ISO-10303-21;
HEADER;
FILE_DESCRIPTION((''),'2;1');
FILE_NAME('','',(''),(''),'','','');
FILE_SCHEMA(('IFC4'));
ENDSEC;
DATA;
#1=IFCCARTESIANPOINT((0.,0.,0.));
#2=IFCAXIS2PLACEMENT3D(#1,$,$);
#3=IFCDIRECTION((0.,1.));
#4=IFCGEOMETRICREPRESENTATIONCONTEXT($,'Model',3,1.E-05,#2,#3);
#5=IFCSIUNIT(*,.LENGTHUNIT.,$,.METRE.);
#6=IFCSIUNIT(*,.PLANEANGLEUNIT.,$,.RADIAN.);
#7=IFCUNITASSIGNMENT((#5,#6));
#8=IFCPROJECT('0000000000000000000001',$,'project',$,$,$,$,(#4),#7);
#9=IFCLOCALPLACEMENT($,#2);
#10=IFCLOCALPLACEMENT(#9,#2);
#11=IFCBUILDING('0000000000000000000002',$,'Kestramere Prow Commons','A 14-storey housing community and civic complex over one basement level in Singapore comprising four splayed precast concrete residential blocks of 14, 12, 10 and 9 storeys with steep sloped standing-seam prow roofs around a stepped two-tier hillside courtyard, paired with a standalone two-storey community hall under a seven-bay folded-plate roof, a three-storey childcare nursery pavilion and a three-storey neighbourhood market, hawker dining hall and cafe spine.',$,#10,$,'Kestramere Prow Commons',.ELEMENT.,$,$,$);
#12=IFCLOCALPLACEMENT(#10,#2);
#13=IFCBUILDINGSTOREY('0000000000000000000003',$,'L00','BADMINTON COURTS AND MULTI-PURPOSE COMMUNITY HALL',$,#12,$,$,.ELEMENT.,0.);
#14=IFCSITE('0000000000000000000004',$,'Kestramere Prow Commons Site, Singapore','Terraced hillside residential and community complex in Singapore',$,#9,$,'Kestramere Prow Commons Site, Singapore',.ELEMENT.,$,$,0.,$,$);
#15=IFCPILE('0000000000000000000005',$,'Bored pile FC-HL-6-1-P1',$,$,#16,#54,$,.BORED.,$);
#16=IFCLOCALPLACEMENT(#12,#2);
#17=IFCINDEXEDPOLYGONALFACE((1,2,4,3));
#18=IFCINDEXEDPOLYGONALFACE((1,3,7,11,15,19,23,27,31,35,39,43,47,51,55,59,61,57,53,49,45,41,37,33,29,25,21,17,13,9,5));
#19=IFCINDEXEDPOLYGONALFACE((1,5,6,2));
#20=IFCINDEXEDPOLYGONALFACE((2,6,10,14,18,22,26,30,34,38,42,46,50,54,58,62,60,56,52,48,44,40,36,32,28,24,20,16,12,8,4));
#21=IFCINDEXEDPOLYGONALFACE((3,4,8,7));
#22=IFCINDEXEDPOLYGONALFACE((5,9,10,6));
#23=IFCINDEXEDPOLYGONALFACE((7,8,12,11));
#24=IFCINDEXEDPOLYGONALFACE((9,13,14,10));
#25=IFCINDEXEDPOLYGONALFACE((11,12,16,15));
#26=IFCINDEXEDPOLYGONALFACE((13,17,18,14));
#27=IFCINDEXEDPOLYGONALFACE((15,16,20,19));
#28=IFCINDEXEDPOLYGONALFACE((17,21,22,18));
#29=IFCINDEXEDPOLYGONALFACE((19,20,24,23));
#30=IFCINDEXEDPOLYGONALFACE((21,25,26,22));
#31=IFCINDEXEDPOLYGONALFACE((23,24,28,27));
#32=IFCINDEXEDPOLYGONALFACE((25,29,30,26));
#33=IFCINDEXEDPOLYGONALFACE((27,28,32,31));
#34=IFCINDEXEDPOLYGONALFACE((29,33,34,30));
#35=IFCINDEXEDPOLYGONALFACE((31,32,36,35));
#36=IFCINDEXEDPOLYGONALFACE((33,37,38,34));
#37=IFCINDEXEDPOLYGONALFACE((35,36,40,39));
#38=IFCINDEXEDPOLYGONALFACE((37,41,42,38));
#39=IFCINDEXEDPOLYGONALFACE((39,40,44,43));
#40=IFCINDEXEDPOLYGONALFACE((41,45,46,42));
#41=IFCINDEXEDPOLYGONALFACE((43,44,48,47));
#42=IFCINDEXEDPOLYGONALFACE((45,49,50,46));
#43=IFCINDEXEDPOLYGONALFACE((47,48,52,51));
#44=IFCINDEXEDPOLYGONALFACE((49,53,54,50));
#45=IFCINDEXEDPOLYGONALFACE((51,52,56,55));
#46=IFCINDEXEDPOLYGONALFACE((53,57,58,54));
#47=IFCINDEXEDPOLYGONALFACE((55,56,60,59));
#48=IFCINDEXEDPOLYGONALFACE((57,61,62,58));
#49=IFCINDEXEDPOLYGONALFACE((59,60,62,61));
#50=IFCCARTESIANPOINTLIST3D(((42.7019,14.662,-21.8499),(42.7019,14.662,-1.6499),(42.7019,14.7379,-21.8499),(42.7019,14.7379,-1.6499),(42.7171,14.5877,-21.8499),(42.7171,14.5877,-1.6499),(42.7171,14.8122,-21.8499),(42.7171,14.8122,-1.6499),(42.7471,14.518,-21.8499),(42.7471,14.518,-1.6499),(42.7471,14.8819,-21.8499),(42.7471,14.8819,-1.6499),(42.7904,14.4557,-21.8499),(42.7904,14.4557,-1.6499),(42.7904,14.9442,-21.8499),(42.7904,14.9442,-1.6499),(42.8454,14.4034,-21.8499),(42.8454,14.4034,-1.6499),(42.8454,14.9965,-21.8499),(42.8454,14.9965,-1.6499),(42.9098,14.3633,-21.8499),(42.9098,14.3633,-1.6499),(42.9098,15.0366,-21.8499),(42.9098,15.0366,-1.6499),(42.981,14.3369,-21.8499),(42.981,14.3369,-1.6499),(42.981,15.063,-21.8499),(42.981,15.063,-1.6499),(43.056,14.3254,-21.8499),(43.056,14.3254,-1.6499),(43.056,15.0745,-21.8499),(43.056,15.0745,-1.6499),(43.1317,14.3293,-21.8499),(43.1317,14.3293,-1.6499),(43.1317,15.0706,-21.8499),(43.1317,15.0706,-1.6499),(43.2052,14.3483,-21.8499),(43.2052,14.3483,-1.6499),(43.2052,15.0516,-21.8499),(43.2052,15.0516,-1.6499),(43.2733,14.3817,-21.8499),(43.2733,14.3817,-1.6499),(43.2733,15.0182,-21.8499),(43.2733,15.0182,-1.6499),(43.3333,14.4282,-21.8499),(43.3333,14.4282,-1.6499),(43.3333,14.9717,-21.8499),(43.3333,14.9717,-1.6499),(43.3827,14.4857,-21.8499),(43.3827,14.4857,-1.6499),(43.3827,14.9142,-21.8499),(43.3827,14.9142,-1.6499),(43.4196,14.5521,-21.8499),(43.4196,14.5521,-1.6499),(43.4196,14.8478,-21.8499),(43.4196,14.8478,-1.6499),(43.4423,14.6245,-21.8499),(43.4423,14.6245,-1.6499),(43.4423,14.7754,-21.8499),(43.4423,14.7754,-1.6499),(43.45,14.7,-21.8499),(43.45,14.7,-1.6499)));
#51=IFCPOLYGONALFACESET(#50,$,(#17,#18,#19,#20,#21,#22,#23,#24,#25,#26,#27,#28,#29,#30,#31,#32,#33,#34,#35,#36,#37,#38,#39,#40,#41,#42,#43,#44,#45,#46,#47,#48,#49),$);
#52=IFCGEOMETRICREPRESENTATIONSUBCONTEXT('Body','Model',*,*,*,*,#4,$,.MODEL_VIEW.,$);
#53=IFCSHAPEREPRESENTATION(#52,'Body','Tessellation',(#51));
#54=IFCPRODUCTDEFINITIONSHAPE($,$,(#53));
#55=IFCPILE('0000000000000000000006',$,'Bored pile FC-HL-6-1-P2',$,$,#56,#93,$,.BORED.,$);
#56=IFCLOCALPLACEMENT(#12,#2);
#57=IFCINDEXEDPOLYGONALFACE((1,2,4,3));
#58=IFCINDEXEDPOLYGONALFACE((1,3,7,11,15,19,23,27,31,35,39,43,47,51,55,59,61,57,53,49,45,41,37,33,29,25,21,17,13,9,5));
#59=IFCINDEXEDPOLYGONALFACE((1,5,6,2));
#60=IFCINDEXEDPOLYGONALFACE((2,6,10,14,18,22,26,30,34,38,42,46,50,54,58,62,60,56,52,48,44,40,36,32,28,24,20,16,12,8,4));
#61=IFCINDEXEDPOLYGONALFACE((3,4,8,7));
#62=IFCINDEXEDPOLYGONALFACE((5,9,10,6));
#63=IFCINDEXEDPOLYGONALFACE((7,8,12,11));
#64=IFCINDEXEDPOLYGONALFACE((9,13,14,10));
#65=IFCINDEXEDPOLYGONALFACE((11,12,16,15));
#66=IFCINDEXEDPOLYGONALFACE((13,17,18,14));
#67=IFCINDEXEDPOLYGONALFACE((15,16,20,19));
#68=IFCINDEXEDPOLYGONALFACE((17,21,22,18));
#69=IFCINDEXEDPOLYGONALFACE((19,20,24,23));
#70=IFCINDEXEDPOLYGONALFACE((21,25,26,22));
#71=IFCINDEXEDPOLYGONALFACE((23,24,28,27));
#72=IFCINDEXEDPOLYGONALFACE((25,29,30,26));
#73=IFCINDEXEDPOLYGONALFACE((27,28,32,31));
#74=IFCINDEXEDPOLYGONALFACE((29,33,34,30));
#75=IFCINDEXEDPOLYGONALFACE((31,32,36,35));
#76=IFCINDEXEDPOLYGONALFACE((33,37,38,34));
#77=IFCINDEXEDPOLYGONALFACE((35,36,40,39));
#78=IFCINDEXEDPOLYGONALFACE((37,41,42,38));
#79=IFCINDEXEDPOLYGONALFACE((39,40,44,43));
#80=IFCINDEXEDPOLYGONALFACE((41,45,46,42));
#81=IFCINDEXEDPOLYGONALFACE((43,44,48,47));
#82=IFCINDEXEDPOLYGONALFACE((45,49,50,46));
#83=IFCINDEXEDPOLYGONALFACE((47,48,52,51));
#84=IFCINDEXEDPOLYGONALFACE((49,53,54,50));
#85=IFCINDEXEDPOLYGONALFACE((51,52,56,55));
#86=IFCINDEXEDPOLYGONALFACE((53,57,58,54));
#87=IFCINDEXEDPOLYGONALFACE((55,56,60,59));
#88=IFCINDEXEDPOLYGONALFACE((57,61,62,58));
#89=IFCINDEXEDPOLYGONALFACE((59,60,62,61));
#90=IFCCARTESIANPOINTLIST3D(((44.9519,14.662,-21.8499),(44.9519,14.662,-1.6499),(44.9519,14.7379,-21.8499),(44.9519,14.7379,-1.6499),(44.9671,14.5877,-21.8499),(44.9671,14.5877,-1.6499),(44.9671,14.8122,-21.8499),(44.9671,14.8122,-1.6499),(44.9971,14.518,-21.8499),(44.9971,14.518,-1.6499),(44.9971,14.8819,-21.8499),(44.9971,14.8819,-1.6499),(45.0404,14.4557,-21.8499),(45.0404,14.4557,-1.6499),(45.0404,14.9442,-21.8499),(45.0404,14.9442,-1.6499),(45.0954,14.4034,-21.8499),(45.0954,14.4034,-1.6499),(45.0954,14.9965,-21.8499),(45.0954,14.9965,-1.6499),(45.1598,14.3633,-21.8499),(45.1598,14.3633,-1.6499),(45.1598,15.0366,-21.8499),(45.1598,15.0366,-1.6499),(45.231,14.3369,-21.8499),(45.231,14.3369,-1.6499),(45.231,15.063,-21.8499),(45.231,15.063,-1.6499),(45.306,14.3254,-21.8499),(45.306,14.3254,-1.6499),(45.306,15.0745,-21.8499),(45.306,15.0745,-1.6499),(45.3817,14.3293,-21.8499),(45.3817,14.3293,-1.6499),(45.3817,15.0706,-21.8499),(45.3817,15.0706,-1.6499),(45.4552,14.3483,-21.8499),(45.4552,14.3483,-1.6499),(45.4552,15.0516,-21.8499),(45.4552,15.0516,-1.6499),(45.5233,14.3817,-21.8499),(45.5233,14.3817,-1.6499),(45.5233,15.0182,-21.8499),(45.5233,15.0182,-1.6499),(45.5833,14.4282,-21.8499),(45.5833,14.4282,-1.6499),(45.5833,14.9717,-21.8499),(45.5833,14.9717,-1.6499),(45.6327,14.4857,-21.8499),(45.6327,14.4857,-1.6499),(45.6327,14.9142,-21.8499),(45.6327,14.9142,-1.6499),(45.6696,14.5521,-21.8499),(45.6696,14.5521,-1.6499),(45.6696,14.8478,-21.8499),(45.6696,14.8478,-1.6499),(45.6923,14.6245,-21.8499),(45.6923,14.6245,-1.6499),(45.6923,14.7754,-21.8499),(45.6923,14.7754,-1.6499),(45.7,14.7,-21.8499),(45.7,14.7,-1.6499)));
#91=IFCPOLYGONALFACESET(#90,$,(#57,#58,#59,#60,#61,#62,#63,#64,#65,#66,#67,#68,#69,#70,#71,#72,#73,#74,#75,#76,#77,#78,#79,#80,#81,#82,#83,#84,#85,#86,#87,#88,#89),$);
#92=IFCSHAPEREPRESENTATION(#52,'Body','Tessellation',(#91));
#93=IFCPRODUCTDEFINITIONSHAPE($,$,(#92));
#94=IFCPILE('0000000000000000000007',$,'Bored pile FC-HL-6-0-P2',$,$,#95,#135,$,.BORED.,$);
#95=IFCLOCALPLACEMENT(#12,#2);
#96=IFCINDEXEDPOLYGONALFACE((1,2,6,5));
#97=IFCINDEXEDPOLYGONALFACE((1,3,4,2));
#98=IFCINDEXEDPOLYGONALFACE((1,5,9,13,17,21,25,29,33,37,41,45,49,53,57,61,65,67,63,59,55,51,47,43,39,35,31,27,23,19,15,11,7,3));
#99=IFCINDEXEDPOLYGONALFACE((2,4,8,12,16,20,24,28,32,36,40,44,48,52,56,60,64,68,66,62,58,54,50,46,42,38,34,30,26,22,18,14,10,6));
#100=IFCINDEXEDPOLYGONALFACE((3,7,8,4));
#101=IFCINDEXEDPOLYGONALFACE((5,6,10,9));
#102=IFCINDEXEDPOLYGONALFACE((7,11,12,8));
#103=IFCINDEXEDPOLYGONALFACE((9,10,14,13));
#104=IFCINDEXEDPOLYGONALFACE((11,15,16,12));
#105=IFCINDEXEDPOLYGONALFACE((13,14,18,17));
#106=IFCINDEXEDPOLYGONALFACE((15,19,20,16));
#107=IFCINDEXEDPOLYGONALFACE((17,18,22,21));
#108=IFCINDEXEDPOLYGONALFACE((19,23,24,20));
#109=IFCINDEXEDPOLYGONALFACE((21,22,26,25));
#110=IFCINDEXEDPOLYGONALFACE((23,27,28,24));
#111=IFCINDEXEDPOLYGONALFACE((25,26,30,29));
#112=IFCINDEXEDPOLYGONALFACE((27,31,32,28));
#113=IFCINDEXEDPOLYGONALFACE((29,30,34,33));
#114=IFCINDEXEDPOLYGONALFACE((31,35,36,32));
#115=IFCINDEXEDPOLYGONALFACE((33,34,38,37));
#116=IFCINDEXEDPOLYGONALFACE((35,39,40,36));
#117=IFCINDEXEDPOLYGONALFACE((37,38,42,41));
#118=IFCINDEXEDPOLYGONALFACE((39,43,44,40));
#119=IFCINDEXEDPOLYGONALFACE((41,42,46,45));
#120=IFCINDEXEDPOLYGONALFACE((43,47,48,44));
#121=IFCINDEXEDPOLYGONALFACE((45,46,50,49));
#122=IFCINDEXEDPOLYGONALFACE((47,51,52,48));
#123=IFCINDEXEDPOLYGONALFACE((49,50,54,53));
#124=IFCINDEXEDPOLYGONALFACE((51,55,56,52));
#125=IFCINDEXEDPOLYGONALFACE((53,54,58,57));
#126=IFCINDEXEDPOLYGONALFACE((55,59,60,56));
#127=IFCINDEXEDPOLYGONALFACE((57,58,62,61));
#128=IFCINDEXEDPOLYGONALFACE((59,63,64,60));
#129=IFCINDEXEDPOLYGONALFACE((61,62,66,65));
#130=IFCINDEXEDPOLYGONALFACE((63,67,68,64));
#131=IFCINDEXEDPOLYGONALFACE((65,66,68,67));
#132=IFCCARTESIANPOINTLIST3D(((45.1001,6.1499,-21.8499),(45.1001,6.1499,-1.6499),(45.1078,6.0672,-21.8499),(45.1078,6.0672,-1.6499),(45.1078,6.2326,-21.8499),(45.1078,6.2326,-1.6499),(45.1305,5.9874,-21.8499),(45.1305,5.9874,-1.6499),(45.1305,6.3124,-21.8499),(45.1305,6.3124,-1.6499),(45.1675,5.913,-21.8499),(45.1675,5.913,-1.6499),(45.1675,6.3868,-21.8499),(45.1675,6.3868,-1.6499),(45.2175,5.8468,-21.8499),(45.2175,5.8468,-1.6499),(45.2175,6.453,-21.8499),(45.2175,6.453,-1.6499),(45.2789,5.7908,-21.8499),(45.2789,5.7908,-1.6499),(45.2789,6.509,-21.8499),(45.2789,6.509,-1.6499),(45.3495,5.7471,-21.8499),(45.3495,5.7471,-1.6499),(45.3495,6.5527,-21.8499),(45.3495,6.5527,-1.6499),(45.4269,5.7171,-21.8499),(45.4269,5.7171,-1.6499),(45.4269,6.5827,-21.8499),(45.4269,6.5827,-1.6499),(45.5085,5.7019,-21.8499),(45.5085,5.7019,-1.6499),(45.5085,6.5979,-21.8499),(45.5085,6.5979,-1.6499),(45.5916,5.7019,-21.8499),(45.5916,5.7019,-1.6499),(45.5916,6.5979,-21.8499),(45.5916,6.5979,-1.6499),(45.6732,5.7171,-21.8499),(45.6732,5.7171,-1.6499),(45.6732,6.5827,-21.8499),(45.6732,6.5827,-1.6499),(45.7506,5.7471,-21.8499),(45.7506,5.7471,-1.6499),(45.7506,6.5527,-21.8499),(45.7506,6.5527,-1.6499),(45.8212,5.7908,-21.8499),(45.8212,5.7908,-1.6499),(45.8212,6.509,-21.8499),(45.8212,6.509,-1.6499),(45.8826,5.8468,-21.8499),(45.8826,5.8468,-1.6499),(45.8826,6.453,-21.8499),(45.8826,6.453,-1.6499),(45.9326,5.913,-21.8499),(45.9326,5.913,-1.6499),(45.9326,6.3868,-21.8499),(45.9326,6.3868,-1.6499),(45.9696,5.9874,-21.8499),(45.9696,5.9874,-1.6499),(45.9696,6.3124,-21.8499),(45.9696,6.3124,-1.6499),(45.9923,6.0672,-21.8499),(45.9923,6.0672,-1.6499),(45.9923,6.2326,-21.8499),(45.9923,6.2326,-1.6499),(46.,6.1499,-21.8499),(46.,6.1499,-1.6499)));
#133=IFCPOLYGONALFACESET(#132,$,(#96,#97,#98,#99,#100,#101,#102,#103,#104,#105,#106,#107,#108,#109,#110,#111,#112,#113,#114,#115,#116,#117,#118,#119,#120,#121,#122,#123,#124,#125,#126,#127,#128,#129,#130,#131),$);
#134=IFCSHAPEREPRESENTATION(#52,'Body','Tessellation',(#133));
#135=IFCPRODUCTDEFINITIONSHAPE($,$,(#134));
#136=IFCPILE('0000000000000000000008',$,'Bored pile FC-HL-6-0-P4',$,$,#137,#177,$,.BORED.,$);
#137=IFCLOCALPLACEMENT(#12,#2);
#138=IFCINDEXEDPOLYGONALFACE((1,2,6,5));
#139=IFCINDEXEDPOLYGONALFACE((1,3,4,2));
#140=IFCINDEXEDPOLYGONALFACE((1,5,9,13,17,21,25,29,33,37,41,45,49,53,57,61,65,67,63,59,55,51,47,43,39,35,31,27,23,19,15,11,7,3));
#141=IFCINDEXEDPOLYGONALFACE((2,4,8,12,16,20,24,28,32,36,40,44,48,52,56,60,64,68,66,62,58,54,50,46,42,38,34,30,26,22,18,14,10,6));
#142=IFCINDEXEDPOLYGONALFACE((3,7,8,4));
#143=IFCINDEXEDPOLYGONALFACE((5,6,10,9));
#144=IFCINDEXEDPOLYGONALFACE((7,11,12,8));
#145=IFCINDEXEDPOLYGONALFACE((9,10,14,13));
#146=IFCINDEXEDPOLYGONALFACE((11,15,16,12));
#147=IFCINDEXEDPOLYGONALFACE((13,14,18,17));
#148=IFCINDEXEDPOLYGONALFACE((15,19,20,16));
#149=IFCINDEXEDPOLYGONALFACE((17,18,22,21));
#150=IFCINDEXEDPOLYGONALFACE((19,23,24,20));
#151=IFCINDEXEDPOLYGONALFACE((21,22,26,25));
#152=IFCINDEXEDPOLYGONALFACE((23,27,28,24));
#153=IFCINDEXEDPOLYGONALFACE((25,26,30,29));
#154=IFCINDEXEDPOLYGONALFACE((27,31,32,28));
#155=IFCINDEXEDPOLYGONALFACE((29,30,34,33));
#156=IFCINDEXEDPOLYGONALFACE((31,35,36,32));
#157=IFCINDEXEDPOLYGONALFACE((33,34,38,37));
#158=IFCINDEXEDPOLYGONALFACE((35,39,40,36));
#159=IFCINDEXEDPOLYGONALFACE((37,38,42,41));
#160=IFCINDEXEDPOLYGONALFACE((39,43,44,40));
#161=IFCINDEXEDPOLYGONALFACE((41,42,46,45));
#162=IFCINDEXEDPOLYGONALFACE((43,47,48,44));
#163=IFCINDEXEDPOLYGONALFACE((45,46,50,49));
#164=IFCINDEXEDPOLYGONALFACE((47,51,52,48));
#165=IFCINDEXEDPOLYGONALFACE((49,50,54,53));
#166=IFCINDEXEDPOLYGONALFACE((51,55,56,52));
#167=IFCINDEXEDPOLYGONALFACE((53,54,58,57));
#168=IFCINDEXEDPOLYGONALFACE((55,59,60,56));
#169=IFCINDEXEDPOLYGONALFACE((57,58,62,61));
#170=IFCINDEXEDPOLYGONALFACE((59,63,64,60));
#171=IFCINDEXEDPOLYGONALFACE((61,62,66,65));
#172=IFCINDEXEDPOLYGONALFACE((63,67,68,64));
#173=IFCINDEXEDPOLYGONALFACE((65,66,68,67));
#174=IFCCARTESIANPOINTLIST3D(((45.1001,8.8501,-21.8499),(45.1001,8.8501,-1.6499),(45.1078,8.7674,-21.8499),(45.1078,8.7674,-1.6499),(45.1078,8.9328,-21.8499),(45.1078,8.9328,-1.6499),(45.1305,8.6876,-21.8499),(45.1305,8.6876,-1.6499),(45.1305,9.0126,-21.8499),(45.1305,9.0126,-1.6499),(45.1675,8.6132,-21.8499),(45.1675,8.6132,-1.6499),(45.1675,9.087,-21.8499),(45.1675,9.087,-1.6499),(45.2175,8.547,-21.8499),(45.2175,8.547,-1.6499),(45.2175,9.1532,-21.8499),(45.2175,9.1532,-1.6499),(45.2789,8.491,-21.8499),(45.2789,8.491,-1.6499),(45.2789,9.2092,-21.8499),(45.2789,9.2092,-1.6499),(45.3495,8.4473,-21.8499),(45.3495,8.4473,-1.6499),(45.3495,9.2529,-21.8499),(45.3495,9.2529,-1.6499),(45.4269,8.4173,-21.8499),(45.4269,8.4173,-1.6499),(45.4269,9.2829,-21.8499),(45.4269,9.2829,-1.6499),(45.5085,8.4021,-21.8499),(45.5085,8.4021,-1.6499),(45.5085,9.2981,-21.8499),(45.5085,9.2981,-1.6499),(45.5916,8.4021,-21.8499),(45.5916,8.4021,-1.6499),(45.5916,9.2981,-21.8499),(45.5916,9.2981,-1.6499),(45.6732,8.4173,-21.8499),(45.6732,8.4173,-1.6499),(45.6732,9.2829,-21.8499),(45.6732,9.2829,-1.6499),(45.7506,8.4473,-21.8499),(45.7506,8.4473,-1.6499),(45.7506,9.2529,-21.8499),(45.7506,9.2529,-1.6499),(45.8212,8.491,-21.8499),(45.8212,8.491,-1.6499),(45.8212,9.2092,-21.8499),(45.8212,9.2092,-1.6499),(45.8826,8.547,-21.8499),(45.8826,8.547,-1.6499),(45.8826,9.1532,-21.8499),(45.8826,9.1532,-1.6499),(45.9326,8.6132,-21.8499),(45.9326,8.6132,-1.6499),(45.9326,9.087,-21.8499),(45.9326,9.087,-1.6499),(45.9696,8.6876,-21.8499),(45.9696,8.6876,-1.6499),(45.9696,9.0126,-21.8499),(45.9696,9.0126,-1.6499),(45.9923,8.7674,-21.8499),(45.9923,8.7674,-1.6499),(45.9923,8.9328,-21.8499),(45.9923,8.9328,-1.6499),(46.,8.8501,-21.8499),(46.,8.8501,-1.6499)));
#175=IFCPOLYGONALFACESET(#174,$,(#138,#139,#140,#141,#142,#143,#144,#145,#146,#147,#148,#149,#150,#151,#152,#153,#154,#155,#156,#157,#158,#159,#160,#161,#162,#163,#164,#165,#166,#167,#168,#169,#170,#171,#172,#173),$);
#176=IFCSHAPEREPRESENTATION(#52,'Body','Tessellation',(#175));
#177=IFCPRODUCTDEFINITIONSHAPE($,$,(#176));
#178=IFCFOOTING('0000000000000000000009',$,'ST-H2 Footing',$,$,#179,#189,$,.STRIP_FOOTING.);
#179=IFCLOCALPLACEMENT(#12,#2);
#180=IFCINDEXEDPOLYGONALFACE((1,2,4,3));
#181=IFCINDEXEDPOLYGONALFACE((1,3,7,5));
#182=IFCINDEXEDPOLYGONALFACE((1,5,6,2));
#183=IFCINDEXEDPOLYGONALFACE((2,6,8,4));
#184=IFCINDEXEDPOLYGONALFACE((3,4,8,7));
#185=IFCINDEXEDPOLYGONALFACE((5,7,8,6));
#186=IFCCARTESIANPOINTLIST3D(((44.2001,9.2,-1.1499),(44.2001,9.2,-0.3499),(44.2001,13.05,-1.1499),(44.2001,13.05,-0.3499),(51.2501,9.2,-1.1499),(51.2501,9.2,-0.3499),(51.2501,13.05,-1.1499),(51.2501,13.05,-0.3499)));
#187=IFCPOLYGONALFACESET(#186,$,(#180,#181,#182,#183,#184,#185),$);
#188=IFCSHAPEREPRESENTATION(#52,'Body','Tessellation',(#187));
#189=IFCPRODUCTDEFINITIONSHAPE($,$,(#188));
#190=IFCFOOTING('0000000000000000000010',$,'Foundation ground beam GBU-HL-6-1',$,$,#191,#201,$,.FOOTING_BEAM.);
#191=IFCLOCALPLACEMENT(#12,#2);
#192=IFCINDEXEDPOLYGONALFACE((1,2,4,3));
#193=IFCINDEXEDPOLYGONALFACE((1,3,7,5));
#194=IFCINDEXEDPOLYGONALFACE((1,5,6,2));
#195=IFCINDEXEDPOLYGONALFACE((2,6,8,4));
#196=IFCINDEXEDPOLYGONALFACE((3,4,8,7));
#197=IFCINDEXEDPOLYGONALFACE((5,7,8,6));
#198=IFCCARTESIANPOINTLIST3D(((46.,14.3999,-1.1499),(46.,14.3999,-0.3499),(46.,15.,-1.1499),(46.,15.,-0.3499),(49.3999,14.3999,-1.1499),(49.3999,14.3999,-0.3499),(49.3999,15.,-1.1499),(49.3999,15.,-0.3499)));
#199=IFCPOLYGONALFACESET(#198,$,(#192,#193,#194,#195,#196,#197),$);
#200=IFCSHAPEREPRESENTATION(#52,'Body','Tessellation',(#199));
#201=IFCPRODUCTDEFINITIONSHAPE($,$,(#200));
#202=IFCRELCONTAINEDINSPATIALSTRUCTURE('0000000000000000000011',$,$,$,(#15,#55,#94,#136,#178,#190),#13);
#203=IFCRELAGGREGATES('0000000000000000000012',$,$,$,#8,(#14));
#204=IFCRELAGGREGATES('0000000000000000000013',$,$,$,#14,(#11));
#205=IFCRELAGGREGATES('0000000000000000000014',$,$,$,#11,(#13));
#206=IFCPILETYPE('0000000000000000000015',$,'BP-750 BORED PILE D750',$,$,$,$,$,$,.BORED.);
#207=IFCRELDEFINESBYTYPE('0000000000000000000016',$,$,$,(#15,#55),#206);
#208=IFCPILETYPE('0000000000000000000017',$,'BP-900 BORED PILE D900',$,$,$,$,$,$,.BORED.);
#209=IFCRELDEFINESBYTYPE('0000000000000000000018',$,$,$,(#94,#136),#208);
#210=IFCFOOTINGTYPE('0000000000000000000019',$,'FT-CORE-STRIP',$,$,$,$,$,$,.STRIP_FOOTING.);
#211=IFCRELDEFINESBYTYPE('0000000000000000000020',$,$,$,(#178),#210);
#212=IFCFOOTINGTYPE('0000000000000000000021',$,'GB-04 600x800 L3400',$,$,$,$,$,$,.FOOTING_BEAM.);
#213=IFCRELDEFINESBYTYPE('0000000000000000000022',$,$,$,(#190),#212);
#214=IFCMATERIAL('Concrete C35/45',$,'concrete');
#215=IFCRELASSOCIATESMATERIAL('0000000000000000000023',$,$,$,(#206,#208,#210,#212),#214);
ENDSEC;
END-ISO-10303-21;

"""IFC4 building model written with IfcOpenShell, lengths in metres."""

from ifc_helpers import new_model, si_unit, direction, frame, origin, origin_2d, place, context, subcontext, project, spatial, rectangle, circle, extrude, material, material_profile, profile_set, type_object, element, save


model = new_model("IFC4")

# Units and contexts
model_context = context("Model", 3, precision=1e-05, world=origin(), true_north=direction((0.0, 1.0)))
body_context = subcontext(model_context, "Body", "Model", "MODEL_VIEW")
ifc_project = project(units=[si_unit("LENGTHUNIT", "METRE"), si_unit("PLANEANGLEUNIT", "RADIAN")], contexts=[model_context])

# Site, building, storey
site_placement = place(None, origin())
site = spatial("IfcSite", under=ifc_project, at=site_placement, Name="Kestramere Prow Commons Site, Singapore", Description="Terraced hillside residential and community complex in Singapore", LongName="Kestramere Prow Commons Site, Singapore", CompositionType="ELEMENT", RefElevation=0.0)
building_placement = place(site_placement, origin())
building = spatial("IfcBuilding", under=site, at=building_placement, Name="Kestramere Prow Commons", Description="A 14-storey housing community and civic complex over one basement level in Singapore comprising four splayed precast concrete residential blocks of 14, 12, 10 and 9 storeys with steep sloped standing-seam prow roofs around a stepped two-tier hillside courtyard, paired with a standalone two-storey community hall under a seven-bay folded-plate roof, a three-storey childcare nursery pavilion and a three-storey neighbourhood market, hawker dining hall and cafe spine.", LongName="Kestramere Prow Commons", CompositionType="ELEMENT")
storey_placement = place(building_placement, origin())
storey = spatial("IfcBuildingStorey", under=building, at=storey_placement, Name="L00", Description="BADMINTON COURTS AND MULTI-PURPOSE COMMUNITY HALL", CompositionType="ELEMENT", Elevation=0.0)

# Piles
ifc_material_1 = material(Name="Concrete C35/45", Category="concrete")
ifc_material_profile_1 = material_profile(ifc_material_1, circle(Radius=0.375, at=origin_2d()), Name="BORED PILE D750")
ifc_profile_set_1 = profile_set([ifc_material_profile_1], Name="Concrete C35/45")
pile_type_1 = type_object("IfcPileType", Name="BP-750 BORED PILE D750", PredefinedType="BORED", material=ifc_profile_set_1)
for number, where, z_axis, x_axis, name in (
    (1, (43.075, 14.7, -1.6499), (0.0, 0.0, -1.0), (1.0, 0.0, 0.0), "Bored pile FC-HL-6-1-P1"),
    (2, (45.325, 14.7, -1.6499), (0.0, 0.0, -1.0), (1.0, 0.0, 0.0), "Bored pile FC-HL-6-1-P2"),
):
    element("IfcPile", number, at=place(storey_placement, frame(where, z_axis=z_axis, x_axis=x_axis)), inside=storey, type_object=pile_type_1, Name=name, PredefinedType="BORED", context=body_context, shape_type="SweptSolid", body=[
        extrude(circle(Radius=0.375, at=origin_2d()), origin(), (0.0, 0.0, 1.0), 20.2),
    ])
ifc_material_profile_2 = material_profile(ifc_material_1, circle(Radius=0.45, at=origin_2d()), Name="BORED PILE D900")
ifc_profile_set_2 = profile_set([ifc_material_profile_2], Name="Concrete C35/45")
pile_type_2 = type_object("IfcPileType", Name="BP-900 BORED PILE D900", PredefinedType="BORED", material=ifc_profile_set_2)
for number, where, z_axis, x_axis, name in (
    (3, (45.55, 6.1499, -1.6499), (0.0, 0.0, -1.0), (1.0, 0.0, 0.0), "Bored pile FC-HL-6-0-P2"),
    (4, (45.55, 8.8501, -1.6499), (0.0, 0.0, -1.0), (1.0, 0.0, 0.0), "Bored pile FC-HL-6-0-P4"),
):
    element("IfcPile", number, at=place(storey_placement, frame(where, z_axis=z_axis, x_axis=x_axis)), inside=storey, type_object=pile_type_2, Name=name, PredefinedType="BORED", context=body_context, shape_type="SweptSolid", body=[
        extrude(circle(Radius=0.45, at=origin_2d()), origin(), (0.0, 0.0, 1.0), 20.2),
    ])

# Footings
footing_type_1 = type_object("IfcFootingType", Name="FT-CORE-STRIP", PredefinedType="STRIP_FOOTING", material=ifc_material_1)
footing_1_placement = place(storey_placement, frame((47.7251, 11.125, -1.1499), z_axis=(0.0, 0.0, 1.0), x_axis=(1.0, 0.0, 0.0)))
element("IfcFooting", 5, at=footing_1_placement, inside=storey, type_object=footing_type_1, Name="ST-H2 Footing", PredefinedType="STRIP_FOOTING", context=body_context, shape_type="SweptSolid", body=[
    extrude(rectangle(XDim=7.05, YDim=3.8501, at=origin_2d()), origin(), (0.0, 0.0, 1.0), 0.8),
])
footing_type_2 = type_object("IfcFootingType", Name="GB-04 600x800 L3400", PredefinedType="FOOTING_BEAM", material=ifc_material_1)
footing_2_placement = place(storey_placement, frame((47.7, 14.7, -1.1499), z_axis=(0.0, 0.0, 1.0), x_axis=(1.0, 0.0, 0.0)))
element("IfcFooting", 6, at=footing_2_placement, inside=storey, type_object=footing_type_2, Name="Foundation ground beam GBU-HL-6-1", PredefinedType="FOOTING_BEAM", context=body_context, shape_type="SweptSolid", body=[
    extrude(rectangle(XDim=3.3999, YDim=0.6001, at=origin_2d()), origin(), (0.0, 0.0, 1.0), 0.8),
])

save(model, "model.ifc")
